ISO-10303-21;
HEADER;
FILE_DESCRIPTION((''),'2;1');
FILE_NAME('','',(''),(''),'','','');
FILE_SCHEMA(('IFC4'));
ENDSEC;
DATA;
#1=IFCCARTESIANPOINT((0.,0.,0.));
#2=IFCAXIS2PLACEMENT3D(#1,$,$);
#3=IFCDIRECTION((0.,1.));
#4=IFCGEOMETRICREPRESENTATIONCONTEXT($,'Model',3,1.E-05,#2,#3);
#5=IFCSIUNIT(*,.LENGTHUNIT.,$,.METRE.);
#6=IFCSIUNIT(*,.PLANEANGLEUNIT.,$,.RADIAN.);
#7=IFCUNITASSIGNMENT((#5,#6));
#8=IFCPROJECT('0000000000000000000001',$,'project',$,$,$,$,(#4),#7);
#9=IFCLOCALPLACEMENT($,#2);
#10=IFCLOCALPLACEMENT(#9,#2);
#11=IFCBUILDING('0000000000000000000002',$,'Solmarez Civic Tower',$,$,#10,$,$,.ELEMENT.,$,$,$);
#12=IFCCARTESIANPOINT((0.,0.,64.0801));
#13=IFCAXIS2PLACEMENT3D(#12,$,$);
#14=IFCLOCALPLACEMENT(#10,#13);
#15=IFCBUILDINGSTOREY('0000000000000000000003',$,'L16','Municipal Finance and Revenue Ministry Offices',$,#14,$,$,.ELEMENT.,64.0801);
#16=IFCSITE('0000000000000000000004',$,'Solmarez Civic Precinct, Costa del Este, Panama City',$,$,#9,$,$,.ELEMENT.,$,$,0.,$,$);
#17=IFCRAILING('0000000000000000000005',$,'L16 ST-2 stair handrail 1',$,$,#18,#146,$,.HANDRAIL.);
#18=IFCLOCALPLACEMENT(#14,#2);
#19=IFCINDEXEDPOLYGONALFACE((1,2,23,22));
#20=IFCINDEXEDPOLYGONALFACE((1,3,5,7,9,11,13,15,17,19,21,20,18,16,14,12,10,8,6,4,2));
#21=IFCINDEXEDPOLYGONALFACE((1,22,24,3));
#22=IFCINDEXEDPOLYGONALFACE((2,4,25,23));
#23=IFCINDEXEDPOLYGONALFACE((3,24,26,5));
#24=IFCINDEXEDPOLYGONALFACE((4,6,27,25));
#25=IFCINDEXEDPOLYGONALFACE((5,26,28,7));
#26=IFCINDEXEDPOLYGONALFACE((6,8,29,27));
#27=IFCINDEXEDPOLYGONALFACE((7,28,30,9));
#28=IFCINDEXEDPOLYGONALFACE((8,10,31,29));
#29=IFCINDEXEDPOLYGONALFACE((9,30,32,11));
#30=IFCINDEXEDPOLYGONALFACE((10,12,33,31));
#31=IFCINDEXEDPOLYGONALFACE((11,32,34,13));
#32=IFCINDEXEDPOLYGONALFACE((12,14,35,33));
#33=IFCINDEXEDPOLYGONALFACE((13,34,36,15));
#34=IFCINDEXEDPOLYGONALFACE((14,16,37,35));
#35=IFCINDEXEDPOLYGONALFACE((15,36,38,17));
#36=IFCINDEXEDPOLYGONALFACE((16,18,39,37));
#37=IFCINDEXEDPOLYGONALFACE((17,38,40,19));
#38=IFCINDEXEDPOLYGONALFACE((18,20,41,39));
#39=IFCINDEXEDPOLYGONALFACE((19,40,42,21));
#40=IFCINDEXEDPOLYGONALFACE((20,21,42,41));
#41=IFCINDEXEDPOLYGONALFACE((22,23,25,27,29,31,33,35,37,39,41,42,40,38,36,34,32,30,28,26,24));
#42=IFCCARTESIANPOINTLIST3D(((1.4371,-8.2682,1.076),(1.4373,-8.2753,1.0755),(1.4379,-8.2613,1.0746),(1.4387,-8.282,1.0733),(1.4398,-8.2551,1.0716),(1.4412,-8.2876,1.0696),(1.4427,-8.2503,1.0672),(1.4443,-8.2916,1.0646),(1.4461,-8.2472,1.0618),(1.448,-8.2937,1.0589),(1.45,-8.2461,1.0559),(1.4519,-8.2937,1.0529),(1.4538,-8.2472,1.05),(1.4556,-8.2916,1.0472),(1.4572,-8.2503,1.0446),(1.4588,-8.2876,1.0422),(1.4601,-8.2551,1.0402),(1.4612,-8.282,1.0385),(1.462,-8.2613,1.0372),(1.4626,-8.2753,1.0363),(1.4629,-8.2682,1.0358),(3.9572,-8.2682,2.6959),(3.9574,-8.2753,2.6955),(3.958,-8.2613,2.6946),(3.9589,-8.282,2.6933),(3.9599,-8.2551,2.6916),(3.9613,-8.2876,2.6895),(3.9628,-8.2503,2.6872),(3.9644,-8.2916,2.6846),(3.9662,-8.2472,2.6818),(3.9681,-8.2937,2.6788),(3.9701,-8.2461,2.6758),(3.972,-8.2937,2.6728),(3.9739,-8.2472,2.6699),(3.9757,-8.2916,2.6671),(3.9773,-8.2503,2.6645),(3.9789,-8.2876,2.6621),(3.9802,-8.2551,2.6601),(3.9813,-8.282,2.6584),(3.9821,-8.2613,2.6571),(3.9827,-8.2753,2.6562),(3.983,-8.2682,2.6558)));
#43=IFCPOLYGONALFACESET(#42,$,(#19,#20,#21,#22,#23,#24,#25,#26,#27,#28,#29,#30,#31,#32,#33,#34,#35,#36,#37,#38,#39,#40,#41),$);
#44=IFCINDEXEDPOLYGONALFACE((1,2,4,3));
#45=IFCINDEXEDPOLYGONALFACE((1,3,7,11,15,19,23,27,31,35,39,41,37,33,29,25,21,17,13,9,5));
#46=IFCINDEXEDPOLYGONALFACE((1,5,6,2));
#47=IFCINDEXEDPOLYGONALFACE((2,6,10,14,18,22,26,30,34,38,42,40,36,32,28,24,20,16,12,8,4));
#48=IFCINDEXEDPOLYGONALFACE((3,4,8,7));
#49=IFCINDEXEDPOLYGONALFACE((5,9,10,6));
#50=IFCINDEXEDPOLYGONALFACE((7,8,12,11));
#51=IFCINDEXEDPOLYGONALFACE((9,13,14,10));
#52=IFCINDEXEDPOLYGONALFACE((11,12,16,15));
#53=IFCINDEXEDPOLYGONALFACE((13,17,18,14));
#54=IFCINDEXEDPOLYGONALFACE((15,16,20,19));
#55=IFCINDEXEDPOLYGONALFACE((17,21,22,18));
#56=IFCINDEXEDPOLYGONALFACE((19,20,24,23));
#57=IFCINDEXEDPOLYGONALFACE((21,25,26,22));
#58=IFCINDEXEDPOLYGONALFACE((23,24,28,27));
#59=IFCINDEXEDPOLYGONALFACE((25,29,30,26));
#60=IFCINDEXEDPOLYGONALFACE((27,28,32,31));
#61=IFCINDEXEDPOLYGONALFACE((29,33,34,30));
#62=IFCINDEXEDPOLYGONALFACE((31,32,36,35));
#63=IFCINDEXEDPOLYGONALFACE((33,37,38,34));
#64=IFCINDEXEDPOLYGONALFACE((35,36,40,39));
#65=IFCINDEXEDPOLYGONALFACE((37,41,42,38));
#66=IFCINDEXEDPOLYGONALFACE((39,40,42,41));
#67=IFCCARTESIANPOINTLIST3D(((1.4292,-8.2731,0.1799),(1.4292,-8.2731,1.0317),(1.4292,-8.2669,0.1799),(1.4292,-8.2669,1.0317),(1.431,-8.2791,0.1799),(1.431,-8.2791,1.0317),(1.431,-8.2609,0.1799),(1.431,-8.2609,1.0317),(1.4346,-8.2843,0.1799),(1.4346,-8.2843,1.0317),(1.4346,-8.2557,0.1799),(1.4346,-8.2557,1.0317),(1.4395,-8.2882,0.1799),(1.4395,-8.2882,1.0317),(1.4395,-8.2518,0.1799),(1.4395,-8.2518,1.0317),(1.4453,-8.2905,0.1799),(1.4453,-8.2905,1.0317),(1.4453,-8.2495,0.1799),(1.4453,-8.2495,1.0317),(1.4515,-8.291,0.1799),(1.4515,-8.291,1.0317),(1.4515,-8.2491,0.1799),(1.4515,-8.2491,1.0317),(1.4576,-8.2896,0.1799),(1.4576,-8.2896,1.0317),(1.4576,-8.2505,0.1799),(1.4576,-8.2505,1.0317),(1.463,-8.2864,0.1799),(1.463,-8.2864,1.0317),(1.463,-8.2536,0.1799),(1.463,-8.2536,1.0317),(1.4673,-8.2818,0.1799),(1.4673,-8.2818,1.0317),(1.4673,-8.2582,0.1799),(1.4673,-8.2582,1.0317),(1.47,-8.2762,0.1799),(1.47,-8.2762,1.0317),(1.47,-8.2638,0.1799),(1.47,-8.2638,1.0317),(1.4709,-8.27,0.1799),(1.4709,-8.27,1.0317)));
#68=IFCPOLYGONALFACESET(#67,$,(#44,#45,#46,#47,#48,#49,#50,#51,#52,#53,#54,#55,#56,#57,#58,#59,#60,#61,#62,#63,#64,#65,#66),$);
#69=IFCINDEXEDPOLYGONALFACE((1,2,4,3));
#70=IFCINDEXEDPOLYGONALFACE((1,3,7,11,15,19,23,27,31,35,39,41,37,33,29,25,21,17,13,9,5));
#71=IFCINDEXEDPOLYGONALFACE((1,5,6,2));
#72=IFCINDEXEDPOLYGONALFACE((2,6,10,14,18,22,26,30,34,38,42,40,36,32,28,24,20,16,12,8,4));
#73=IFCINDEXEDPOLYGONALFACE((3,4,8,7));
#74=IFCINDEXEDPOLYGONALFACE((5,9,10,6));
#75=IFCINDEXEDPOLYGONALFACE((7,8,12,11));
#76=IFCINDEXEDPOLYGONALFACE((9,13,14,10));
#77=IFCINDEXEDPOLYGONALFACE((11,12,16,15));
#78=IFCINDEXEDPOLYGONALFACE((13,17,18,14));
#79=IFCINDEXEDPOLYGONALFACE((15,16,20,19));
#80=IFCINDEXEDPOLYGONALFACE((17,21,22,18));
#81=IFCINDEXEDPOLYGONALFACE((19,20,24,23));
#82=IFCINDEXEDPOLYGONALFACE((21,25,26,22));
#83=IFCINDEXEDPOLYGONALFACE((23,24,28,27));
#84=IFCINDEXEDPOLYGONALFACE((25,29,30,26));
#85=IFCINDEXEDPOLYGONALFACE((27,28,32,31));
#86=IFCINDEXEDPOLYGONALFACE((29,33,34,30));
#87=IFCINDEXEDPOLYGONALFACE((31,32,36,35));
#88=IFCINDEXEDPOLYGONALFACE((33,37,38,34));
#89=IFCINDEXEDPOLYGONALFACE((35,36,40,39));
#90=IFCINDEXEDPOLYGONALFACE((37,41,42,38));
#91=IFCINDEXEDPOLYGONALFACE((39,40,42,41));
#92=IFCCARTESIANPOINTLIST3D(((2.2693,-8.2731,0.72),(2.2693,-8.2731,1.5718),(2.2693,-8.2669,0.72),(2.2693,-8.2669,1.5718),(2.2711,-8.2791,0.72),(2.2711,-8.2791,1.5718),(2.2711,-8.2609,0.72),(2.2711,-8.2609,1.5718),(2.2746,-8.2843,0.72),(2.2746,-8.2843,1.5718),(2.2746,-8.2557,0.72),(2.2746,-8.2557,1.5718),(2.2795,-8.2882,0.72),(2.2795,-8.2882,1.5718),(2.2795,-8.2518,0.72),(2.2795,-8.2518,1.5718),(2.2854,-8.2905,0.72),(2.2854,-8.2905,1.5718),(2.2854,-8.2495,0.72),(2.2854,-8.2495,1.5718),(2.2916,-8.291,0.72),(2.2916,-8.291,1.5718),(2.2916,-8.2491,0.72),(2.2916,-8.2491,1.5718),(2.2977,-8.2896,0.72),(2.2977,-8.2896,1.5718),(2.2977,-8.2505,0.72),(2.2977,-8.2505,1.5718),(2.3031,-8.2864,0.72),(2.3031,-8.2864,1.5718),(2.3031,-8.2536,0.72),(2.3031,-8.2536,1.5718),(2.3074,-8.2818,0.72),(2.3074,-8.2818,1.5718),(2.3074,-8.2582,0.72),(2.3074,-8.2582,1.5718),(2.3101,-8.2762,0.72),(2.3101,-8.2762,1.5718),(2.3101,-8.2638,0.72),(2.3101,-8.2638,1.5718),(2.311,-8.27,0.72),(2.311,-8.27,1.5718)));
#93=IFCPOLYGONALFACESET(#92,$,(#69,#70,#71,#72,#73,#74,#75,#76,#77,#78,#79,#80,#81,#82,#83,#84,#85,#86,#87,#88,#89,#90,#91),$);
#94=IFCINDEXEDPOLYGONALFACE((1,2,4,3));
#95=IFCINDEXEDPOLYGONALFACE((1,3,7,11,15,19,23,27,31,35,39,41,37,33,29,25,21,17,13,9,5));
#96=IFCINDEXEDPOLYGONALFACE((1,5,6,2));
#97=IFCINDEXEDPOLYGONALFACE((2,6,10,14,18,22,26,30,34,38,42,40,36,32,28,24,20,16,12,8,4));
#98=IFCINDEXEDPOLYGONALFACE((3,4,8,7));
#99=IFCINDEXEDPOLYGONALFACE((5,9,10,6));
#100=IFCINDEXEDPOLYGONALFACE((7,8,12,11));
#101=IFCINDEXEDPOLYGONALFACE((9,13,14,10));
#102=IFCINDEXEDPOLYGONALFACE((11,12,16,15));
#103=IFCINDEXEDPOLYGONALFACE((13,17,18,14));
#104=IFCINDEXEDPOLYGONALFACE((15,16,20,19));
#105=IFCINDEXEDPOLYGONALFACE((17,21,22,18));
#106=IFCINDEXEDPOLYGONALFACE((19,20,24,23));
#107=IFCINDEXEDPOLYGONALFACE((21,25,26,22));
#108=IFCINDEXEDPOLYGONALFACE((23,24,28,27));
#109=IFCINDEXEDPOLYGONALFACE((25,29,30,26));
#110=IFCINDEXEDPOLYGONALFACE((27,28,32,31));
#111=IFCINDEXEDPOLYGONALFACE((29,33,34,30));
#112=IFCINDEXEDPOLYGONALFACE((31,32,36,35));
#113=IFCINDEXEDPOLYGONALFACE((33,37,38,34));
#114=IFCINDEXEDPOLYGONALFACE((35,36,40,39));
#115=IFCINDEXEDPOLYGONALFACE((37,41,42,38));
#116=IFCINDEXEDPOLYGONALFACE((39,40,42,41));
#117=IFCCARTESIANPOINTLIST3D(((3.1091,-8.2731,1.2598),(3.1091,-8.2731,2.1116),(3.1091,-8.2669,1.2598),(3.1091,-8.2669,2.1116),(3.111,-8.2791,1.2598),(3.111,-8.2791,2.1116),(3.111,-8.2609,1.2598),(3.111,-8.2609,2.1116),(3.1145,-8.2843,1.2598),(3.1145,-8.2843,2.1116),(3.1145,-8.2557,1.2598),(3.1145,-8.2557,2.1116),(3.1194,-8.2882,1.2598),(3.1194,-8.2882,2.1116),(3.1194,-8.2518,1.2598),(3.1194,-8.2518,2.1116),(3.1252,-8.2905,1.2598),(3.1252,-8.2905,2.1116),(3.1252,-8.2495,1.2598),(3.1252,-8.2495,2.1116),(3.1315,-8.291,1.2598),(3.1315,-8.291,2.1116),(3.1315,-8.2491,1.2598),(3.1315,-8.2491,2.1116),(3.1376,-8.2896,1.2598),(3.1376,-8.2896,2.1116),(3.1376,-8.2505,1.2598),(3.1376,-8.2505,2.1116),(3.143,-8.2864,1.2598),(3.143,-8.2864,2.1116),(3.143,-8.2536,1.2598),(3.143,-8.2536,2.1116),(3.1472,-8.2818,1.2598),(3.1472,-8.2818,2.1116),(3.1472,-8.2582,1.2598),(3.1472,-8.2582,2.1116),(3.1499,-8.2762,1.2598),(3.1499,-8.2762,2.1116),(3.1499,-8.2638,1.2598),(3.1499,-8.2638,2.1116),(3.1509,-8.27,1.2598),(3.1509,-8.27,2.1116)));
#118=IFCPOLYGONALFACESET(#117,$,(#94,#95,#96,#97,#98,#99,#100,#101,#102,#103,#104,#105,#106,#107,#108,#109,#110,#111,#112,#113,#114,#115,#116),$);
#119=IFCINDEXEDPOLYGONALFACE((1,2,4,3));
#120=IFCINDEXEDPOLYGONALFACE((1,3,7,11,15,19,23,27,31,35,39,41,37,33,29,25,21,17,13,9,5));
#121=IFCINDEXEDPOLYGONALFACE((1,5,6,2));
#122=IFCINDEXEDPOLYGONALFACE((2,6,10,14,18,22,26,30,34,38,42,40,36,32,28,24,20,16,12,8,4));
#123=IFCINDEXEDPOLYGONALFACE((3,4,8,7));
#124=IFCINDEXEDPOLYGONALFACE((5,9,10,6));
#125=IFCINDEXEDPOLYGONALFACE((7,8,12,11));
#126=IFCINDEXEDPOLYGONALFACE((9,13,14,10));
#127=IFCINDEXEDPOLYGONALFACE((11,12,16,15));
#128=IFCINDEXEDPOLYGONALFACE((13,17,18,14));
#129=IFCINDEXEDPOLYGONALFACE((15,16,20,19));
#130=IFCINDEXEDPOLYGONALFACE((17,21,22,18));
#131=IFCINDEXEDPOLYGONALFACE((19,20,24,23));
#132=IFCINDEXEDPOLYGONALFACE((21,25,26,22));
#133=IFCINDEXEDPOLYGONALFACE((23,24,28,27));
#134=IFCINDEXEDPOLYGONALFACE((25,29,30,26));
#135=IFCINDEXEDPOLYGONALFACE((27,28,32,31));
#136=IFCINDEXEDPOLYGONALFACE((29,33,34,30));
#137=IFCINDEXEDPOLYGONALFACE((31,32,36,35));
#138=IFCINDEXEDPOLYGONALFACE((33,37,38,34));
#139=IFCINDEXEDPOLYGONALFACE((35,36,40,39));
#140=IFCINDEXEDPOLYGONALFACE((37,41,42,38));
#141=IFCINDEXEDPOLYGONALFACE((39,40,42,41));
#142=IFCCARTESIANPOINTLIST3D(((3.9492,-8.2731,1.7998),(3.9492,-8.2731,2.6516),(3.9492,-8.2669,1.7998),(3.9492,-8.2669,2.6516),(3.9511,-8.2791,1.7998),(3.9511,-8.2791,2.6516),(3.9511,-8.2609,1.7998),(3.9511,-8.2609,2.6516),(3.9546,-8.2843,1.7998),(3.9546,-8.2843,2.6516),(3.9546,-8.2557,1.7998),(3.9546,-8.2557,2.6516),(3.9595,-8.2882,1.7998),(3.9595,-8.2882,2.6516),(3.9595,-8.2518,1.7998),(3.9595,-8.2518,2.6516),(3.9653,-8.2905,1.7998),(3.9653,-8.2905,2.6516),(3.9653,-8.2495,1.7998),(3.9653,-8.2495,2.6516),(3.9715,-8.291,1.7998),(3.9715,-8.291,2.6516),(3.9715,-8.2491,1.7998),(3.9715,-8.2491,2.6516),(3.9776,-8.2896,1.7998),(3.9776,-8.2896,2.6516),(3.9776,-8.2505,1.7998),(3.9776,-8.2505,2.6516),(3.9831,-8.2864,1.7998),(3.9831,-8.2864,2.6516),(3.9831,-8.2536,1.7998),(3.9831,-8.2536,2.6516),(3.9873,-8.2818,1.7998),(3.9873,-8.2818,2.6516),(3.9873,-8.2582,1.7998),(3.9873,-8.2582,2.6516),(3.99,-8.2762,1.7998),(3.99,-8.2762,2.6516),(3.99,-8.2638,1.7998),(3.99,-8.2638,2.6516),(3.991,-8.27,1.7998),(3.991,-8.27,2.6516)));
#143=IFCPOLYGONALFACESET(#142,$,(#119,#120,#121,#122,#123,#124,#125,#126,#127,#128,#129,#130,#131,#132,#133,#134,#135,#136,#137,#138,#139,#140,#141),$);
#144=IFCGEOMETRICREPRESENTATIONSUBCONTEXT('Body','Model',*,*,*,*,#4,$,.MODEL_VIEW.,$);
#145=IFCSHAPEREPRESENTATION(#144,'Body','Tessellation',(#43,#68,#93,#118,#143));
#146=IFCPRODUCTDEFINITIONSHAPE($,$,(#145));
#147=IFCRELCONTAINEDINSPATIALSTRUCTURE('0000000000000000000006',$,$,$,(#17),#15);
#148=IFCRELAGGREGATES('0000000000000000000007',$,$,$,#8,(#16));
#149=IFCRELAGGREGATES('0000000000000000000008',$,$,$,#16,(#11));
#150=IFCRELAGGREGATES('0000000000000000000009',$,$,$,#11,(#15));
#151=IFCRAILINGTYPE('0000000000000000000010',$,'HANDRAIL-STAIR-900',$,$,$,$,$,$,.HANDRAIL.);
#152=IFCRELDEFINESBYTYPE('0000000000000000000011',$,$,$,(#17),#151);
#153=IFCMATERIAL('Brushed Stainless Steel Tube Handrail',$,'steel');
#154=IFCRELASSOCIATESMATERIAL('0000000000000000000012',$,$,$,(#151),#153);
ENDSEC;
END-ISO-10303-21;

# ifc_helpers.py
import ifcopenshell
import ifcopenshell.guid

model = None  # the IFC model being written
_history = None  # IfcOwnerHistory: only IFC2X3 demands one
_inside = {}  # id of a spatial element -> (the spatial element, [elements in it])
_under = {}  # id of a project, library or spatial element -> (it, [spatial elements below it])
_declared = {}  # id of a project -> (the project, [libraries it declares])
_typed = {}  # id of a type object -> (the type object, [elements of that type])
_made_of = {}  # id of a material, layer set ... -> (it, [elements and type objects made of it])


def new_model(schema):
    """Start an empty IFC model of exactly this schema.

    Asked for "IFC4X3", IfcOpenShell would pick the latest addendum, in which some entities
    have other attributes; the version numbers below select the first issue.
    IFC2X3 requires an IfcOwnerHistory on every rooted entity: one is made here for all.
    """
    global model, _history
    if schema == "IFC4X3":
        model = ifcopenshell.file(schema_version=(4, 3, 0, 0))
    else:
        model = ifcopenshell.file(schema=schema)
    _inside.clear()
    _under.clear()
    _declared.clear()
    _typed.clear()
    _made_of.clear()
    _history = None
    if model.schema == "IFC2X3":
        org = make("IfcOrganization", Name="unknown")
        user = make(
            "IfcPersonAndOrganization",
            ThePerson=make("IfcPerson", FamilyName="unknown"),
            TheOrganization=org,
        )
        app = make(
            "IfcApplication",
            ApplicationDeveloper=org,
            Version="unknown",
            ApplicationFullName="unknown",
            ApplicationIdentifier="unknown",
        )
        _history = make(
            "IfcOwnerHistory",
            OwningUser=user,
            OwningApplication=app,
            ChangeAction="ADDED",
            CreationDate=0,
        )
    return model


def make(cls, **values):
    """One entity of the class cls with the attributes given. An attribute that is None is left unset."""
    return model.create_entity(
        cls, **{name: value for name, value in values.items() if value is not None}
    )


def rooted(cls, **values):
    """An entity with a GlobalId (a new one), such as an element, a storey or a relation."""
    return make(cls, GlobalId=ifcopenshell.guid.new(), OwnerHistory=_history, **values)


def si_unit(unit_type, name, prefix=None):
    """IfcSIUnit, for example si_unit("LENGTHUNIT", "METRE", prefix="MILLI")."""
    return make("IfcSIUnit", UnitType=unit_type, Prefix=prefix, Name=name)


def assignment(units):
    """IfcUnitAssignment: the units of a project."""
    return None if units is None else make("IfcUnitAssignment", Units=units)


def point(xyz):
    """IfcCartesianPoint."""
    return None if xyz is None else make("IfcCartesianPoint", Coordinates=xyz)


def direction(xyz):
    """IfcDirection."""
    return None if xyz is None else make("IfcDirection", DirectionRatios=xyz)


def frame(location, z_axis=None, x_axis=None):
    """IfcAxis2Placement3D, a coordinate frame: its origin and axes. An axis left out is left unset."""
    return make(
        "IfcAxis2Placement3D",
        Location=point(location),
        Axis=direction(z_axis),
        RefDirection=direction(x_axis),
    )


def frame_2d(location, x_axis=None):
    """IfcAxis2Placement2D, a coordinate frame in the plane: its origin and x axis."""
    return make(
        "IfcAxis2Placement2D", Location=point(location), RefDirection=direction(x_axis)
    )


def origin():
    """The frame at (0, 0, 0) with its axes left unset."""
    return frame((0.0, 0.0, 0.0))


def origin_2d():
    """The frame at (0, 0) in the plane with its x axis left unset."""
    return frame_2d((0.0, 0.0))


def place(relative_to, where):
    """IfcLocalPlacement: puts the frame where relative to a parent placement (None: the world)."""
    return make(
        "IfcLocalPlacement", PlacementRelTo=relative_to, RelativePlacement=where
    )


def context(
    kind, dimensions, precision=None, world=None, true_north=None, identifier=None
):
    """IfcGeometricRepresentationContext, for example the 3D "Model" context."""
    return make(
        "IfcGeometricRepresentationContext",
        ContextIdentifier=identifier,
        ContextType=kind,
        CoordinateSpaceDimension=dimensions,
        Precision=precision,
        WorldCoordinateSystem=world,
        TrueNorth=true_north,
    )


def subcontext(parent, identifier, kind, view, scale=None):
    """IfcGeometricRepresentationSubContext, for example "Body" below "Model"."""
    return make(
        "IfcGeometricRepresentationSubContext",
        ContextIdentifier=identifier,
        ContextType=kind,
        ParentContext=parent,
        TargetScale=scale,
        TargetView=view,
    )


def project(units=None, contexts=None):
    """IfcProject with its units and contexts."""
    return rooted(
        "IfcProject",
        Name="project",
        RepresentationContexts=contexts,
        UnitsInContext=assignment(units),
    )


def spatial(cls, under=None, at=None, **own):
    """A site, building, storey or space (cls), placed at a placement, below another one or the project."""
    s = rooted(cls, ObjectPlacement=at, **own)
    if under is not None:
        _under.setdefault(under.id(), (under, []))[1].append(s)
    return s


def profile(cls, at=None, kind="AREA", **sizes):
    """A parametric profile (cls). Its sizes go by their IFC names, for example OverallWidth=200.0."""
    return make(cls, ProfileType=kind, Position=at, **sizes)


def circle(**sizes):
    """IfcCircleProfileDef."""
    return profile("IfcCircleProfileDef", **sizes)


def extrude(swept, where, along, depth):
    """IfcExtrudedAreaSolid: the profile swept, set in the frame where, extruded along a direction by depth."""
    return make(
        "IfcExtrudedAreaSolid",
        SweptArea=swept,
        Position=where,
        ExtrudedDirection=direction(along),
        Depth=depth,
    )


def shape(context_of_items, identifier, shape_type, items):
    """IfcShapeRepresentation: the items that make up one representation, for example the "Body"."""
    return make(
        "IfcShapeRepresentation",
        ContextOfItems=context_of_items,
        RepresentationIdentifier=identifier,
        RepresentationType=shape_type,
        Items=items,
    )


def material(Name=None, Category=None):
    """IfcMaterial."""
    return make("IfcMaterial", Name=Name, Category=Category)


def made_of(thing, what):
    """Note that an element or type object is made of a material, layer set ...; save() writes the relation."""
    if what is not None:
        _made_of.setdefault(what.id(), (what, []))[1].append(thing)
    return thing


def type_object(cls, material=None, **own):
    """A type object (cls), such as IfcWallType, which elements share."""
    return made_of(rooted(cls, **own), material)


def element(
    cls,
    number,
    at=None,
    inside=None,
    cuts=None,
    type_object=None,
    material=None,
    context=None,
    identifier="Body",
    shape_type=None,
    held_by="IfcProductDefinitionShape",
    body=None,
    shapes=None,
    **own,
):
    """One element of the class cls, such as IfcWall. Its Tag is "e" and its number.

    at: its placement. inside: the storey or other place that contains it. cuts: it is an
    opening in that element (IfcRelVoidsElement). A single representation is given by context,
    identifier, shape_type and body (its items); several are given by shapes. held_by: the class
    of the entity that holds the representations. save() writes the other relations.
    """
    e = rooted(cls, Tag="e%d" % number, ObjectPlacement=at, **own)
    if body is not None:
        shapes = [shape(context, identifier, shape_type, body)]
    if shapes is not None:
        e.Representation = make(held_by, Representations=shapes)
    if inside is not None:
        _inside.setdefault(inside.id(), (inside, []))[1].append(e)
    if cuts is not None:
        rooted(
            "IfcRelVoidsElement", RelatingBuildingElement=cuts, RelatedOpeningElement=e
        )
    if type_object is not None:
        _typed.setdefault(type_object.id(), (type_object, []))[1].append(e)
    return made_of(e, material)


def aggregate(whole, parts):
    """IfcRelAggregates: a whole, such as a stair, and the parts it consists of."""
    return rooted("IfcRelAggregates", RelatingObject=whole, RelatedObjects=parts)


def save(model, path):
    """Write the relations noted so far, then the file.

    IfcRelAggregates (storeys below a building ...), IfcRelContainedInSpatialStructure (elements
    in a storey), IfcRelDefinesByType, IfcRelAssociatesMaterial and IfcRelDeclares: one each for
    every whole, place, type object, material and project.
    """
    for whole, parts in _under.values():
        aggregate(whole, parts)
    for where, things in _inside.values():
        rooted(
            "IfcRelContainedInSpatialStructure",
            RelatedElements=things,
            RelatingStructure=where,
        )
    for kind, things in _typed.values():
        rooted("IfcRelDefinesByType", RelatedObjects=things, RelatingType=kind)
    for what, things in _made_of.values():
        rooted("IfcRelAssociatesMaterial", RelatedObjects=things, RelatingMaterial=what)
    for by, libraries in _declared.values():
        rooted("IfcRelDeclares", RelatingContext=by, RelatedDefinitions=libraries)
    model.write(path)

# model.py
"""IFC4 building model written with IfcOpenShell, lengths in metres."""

from ifc_helpers import new_model, si_unit, direction, frame, origin, origin_2d, place, context, subcontext, project, spatial, circle, extrude, material, type_object, element, save


model = new_model("IFC4")

# Units and contexts
model_context = context("Model", 3, precision=1e-05, world=origin(), true_north=direction((0.0, 1.0)))
body_context = subcontext(model_context, "Body", "Model", "MODEL_VIEW")
ifc_project = project(units=[si_unit("LENGTHUNIT", "METRE"), si_unit("PLANEANGLEUNIT", "RADIAN")], contexts=[model_context])

# Site, building, storey
site_placement = place(None, origin())
site = spatial("IfcSite", under=ifc_project, at=site_placement, Name="Solmarez Civic Precinct, Costa del Este, Panama City", CompositionType="ELEMENT", RefElevation=0.0)
building_placement = place(site_placement, origin())
building = spatial("IfcBuilding", under=site, at=building_placement, Name="Solmarez Civic Tower", CompositionType="ELEMENT")
storey_placement = place(building_placement, frame((0.0, 0.0, 64.0801)))
storey = spatial("IfcBuildingStorey", under=building, at=storey_placement, Name="L16", Description="Municipal Finance and Revenue Ministry Offices", CompositionType="ELEMENT", Elevation=64.0801)

# Railing
ifc_material_1 = material(Name="Brushed Stainless Steel Tube Handrail", Category="steel")
railing_type_1 = type_object("IfcRailingType", Name="HANDRAIL-STAIR-900", PredefinedType="HANDRAIL", material=ifc_material_1)
railing_1_placement = place(storey_placement, frame((1.45, -8.27, 0.1799)))
element("IfcRailing", 1, at=railing_1_placement, inside=storey, type_object=railing_type_1, Name="L16 ST-2 stair handrail 1", PredefinedType="HANDRAIL", context=body_context, shape_type="SweptSolid", body=[
    extrude(circle(Radius=0.0239, at=origin_2d()), frame((0.0, 0.0, 0.876), z_axis=(0.8412, 0.0, 0.540725), x_axis=(0.0, 1.0, 0.0)), (0.0, 0.0, 1.0), 2.9958),
    extrude(circle(Radius=0.021, at=origin_2d()), origin(), (0.0, 0.0, 1.0), 0.8518),
    extrude(circle(Radius=0.021, at=origin_2d()), frame((0.8401, 0.0, 0.54)), (0.0, 0.0, 1.0), 0.8518),
    extrude(circle(Radius=0.021, at=origin_2d()), frame((1.6799, 0.0, 1.0798)), (0.0, 0.0, 1.0), 0.8518),
    extrude(circle(Radius=0.021, at=origin_2d()), frame((2.52, 0.0, 1.6199)), (0.0, 0.0, 1.0), 0.8518),
])

save(model, "model.ifc")
